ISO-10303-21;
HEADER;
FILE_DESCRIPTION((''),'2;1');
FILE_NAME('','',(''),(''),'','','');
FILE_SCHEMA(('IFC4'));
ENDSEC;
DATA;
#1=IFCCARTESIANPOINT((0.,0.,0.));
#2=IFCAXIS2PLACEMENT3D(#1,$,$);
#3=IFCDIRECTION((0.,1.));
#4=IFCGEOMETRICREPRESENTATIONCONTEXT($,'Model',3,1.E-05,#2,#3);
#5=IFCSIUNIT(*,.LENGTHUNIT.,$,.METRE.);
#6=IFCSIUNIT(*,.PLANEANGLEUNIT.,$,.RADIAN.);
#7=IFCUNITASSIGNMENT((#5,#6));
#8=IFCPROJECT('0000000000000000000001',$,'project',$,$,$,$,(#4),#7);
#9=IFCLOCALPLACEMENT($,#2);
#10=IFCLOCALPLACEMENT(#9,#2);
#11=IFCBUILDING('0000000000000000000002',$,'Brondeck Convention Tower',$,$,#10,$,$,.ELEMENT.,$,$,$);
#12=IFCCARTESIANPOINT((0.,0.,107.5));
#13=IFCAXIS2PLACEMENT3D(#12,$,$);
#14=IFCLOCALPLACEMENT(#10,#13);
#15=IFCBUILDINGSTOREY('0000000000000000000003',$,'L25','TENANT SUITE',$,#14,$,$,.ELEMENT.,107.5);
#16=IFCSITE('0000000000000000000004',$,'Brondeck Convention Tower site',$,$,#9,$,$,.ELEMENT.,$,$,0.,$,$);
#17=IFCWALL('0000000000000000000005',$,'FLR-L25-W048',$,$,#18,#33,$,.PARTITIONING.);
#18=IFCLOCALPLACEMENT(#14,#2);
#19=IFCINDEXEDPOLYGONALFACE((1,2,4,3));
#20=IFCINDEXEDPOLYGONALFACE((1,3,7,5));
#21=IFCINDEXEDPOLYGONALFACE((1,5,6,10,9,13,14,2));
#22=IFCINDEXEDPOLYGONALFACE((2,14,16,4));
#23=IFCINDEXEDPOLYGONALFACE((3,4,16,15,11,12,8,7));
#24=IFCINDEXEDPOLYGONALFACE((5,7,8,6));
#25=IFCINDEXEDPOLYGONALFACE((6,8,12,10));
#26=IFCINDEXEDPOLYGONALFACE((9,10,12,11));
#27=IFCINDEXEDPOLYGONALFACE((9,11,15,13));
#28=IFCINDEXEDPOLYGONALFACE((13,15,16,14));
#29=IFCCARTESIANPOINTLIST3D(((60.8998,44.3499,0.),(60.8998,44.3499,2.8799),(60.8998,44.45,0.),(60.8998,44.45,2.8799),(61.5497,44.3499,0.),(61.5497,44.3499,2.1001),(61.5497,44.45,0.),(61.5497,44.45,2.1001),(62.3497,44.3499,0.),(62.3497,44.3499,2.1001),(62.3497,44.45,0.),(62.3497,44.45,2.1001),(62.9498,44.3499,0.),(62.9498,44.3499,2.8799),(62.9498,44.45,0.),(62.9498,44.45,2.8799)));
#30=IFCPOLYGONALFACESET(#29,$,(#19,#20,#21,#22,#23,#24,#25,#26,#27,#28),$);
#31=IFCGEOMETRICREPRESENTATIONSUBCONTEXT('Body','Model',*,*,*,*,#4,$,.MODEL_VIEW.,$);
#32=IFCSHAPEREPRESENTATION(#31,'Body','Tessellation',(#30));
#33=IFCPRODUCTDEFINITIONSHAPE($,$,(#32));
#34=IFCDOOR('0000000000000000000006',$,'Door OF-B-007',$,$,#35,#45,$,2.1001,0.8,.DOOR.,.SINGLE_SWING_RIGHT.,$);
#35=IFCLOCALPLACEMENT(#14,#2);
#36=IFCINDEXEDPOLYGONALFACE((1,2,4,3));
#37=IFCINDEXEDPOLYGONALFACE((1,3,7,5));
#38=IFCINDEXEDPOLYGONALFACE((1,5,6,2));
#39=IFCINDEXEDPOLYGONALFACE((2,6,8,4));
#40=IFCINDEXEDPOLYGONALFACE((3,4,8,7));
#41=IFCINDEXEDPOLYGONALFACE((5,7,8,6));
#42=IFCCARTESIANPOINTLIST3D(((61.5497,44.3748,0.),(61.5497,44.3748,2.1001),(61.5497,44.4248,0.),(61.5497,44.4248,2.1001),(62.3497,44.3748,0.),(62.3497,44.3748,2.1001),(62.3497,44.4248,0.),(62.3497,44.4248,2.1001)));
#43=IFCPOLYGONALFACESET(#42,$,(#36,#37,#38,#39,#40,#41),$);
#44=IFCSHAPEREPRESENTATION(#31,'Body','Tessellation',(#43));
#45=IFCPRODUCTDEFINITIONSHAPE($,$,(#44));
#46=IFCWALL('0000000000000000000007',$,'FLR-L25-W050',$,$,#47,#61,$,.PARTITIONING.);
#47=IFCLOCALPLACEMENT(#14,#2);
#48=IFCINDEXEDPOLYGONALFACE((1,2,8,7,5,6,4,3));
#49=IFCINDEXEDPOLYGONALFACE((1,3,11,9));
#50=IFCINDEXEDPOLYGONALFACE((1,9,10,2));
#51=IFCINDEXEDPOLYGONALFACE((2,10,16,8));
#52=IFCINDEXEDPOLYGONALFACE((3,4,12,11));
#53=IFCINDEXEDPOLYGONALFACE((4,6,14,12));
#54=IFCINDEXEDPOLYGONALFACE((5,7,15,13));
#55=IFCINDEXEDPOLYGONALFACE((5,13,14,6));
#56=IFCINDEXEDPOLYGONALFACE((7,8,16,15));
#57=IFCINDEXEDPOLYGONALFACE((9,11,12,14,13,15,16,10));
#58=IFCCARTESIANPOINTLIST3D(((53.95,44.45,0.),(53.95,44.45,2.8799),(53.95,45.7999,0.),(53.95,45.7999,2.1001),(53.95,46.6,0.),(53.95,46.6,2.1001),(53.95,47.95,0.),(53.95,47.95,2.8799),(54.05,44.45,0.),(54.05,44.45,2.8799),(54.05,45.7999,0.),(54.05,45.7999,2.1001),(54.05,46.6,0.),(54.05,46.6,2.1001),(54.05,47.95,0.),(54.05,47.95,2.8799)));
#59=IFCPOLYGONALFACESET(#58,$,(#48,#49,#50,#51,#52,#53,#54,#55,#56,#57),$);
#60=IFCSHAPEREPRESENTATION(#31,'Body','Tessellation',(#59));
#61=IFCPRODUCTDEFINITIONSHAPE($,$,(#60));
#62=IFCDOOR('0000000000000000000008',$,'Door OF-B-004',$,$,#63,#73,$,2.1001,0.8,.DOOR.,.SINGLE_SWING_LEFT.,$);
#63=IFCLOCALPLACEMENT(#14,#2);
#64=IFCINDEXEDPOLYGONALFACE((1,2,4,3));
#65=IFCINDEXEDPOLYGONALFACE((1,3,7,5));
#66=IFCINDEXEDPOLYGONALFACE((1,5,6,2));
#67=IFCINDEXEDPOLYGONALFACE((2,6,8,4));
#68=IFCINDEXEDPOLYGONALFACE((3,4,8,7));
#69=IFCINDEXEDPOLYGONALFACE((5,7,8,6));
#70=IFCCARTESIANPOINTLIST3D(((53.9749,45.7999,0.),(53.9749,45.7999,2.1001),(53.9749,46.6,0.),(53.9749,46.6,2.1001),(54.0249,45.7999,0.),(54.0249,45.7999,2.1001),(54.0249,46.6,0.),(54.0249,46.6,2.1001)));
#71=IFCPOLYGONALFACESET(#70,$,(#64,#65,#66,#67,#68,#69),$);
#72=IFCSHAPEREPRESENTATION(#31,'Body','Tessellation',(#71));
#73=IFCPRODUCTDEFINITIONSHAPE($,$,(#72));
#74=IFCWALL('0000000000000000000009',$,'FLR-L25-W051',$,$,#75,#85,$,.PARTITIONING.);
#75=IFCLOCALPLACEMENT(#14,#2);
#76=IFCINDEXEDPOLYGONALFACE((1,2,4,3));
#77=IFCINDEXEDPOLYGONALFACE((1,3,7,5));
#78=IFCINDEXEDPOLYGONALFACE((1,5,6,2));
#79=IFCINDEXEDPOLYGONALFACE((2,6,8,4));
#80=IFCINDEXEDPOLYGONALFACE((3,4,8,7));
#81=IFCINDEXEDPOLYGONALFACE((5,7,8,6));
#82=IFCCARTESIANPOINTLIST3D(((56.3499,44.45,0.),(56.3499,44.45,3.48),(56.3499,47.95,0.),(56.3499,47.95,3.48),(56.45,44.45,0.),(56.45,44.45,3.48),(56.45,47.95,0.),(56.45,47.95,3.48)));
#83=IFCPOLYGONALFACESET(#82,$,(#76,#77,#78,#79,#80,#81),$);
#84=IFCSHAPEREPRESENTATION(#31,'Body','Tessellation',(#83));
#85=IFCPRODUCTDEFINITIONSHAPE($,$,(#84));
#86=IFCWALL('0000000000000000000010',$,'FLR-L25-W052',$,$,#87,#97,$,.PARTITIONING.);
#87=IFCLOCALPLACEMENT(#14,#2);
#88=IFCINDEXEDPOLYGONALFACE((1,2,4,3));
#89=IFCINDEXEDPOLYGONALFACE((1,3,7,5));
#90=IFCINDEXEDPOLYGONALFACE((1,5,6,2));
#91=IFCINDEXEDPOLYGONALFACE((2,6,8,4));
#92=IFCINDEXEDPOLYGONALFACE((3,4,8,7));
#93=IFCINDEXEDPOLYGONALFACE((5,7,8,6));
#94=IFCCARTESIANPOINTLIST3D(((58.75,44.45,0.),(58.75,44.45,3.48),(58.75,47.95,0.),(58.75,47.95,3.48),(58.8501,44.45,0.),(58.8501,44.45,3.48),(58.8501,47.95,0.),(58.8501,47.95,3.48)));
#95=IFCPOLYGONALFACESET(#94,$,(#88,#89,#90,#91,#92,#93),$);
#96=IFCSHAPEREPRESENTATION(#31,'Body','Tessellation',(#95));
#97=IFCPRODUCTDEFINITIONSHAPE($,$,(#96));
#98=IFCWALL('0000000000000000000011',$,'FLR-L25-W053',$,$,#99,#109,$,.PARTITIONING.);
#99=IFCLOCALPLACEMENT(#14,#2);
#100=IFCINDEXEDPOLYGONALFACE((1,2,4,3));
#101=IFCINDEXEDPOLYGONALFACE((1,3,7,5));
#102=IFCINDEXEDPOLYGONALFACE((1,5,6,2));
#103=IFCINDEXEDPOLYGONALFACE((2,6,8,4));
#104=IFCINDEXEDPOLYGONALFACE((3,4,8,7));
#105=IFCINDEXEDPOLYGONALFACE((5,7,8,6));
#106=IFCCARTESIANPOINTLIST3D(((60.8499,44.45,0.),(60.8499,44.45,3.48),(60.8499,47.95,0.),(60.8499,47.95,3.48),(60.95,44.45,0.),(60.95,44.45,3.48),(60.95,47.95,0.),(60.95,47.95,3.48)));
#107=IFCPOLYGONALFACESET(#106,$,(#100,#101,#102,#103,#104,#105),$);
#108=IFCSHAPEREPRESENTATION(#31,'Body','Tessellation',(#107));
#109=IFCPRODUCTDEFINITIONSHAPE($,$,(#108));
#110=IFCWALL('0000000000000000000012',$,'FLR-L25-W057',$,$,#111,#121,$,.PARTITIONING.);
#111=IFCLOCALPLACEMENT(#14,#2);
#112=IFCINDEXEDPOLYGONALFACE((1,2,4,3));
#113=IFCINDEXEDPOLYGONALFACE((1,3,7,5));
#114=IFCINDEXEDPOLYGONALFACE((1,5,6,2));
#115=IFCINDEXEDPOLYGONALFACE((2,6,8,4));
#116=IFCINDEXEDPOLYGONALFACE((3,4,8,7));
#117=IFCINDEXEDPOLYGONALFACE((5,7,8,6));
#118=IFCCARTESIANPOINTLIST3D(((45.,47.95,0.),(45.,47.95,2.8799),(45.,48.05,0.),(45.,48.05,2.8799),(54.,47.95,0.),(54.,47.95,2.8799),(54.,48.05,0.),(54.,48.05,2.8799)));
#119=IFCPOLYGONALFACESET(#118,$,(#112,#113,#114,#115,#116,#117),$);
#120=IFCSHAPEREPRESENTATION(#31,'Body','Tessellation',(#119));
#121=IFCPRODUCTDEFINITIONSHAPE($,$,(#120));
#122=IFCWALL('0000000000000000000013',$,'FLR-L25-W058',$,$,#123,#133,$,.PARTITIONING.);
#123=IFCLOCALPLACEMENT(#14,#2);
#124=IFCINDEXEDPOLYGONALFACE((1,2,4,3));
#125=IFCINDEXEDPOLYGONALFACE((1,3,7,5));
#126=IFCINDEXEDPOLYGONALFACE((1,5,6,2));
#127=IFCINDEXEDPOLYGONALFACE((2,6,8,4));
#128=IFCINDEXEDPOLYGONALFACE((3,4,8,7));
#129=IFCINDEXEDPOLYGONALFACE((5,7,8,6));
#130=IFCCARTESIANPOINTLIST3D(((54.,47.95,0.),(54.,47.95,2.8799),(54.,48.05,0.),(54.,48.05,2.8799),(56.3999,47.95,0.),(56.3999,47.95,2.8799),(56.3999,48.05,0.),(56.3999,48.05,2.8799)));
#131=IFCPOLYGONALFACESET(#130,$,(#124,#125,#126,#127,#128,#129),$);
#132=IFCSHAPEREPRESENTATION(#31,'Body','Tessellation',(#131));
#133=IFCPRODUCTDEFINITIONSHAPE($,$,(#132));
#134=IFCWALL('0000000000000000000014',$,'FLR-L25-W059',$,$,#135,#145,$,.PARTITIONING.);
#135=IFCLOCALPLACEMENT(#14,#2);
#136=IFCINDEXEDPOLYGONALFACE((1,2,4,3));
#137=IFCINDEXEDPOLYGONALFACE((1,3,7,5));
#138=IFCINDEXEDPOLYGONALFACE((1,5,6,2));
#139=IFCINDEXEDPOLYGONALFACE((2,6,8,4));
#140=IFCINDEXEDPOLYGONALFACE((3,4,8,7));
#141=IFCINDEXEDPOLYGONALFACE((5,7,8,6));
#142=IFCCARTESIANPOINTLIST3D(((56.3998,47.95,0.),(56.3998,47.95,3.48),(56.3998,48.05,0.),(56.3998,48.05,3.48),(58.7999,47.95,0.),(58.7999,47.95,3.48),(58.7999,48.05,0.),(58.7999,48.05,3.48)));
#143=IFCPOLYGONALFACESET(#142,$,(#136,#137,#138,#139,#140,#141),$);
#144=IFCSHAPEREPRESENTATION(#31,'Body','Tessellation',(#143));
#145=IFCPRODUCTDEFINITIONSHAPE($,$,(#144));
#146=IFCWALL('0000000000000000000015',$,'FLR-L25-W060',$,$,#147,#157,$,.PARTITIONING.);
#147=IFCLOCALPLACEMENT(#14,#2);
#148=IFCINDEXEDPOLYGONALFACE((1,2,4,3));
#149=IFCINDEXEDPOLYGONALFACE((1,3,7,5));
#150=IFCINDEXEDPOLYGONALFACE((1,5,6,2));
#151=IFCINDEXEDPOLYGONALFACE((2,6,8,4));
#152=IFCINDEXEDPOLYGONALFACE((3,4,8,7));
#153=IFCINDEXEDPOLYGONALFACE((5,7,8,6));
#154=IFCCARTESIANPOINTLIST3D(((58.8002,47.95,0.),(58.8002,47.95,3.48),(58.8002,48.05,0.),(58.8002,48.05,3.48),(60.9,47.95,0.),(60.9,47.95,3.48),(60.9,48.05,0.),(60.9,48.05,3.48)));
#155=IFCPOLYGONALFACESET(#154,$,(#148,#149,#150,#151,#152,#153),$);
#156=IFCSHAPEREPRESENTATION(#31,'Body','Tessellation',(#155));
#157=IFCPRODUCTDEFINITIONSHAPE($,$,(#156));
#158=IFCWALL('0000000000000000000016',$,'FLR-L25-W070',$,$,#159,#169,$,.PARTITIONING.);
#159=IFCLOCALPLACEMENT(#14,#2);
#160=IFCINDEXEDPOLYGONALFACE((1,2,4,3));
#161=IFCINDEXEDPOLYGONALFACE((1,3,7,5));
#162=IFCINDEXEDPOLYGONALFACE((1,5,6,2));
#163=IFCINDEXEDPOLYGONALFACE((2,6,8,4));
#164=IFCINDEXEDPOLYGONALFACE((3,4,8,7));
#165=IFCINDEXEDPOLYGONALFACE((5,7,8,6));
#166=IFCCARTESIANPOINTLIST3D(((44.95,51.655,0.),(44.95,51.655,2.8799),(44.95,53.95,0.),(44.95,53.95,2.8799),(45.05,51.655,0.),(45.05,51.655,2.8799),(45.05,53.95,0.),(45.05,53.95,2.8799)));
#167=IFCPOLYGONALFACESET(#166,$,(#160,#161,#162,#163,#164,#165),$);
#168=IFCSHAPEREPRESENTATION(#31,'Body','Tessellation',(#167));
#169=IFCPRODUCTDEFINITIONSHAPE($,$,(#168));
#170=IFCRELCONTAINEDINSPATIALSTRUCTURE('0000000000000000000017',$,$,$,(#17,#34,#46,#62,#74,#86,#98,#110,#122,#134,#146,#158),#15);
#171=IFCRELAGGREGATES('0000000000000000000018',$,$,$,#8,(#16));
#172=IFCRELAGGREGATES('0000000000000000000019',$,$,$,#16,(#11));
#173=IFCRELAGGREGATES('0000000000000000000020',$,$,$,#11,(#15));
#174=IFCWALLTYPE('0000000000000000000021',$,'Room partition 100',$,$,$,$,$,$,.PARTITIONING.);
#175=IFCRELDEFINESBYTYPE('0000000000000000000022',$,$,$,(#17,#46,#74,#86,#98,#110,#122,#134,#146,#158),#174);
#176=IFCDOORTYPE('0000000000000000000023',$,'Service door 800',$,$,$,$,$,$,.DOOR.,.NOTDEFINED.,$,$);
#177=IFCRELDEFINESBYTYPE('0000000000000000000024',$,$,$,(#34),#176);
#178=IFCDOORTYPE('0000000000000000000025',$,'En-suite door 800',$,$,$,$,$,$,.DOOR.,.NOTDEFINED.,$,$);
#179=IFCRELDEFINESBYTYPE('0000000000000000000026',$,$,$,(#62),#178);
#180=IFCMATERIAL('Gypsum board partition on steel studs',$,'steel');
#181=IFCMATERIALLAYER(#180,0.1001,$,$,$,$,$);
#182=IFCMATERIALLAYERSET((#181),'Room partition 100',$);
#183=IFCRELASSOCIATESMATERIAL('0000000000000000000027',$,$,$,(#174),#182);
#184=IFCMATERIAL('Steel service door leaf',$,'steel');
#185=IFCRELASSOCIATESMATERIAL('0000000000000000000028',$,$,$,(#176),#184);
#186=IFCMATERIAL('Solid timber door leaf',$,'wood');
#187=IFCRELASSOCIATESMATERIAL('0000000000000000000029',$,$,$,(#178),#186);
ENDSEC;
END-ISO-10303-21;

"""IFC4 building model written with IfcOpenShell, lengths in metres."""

from ifc_helpers import new_model, si_unit, direction, frame, frame_2d, origin, place, context, subcontext, project, spatial, rectangle, extrude, material, layer, layer_set, type_object, element, fill, save


model = new_model("IFC4")

# Units and contexts
model_context = context("Model", 3, precision=1e-05, world=origin(), true_north=direction((0.0, 1.0)))
body_context = subcontext(model_context, "Body", "Model", "MODEL_VIEW")
ifc_project = project(units=[si_unit("LENGTHUNIT", "METRE"), si_unit("PLANEANGLEUNIT", "RADIAN")], contexts=[model_context])

# Site, building, storey
site_placement = place(None, origin())
site = spatial("IfcSite", under=ifc_project, at=site_placement, Name="Brondeck Convention Tower site", CompositionType="ELEMENT", RefElevation=0.0)
building_placement = place(site_placement, origin())
building = spatial("IfcBuilding", under=site, at=building_placement, Name="Brondeck Convention Tower", CompositionType="ELEMENT")
storey_placement = place(building_placement, frame((0.0, 0.0, 107.5)))
storey = spatial("IfcBuildingStorey", under=building, at=storey_placement, Name="L25", Description="TENANT SUITE", CompositionType="ELEMENT", Elevation=107.5)

# Walls, openings, doors
ifc_material_1 = material(Name="Gypsum board partition on steel studs", Category="steel")
ifc_layer_1 = layer(ifc_material_1, 0.1001)
ifc_layer_set_1 = layer_set([ifc_layer_1], Name="Room partition 100")
wall_type_1 = type_object("IfcWallType", Name="Room partition 100", PredefinedType="PARTITIONING", material=ifc_layer_set_1)
wall_1_placement = place(storey_placement, frame((60.8999, 44.3999, 0.0), z_axis=(0.0, 0.0, 1.0), x_axis=(1.0, 0.0, 0.0)))
wall_1 = element("IfcWall", 1, at=wall_1_placement, inside=storey, type_object=wall_type_1, Name="FLR-L25-W048", PredefinedType="PARTITIONING", context=body_context, shape_type="SweptSolid", body=[
    extrude(rectangle(XDim=2.05, YDim=0.1001, at=frame_2d((1.0249, 0.0))), origin(), (0.0, 0.0, 1.0), 2.8799),
])
opening_1_placement = place(wall_1_placement, frame((0.6499, 0.0, 0.0)))
opening_1 = element("IfcOpeningElement", 2, at=opening_1_placement, cuts=wall_1, PredefinedType="OPENING", context=body_context, shape_type="SweptSolid", body=[
    extrude(rectangle(XDim=0.8, YDim=2.1001, at=frame_2d((0.3999, 1.05))), frame((0.0, 0.0601, 0.0), z_axis=(0.0, -1.0, 0.0), x_axis=(1.0, 0.0, 0.0)), (0.0, 0.0, 1.0), 0.1201),
])
ifc_material_2 = material(Name="Steel service door leaf", Category="steel")
door_type_1 = type_object("IfcDoorType", Name="Service door 800", OperationType="NOTDEFINED", PredefinedType="DOOR", material=ifc_material_2)
door_1_placement = place(opening_1_placement, origin())
door_1 = element("IfcDoor", 3, at=door_1_placement, inside=storey, type_object=door_type_1, Name="Door OF-B-007", OperationType="SINGLE_SWING_RIGHT", OverallHeight=2.1001, OverallWidth=0.8, PredefinedType="DOOR", context=body_context, shape_type="SweptSolid", body=[
    extrude(rectangle(XDim=0.8, YDim=2.1001, at=frame_2d((0.3999, 1.05))), frame((0.0, 0.0249, 0.0), z_axis=(0.0, -1.0, 0.0), x_axis=(1.0, 0.0, 0.0)), (0.0, 0.0, 1.0), 0.05),
])
fill(opening_1, door_1)
wall_2_placement = place(storey_placement, frame((54.0, 47.95, 0.0), z_axis=(0.0, 0.0, 1.0), x_axis=(0.0, -1.0, 0.0)))
wall_2 = element("IfcWall", 4, at=wall_2_placement, inside=storey, type_object=wall_type_1, Name="FLR-L25-W050", PredefinedType="PARTITIONING", context=body_context, shape_type="SweptSolid", body=[
    extrude(rectangle(XDim=3.5, YDim=0.1001, at=frame_2d((1.75, 0.0))), origin(), (0.0, 0.0, 1.0), 2.8799),
])
opening_2_placement = place(wall_2_placement, frame((1.3501, 0.0, 0.0)))
opening_2 = element("IfcOpeningElement", 5, at=opening_2_placement, cuts=wall_2, PredefinedType="OPENING", context=body_context, shape_type="SweptSolid", body=[
    extrude(rectangle(XDim=0.8, YDim=2.1001, at=frame_2d((0.3999, 1.05))), frame((0.0, 0.0601, 0.0), z_axis=(0.0, -1.0, 0.0), x_axis=(1.0, 0.0, 0.0)), (0.0, 0.0, 1.0), 0.1201),
])
ifc_material_3 = material(Name="Solid timber door leaf", Category="wood")
door_type_2 = type_object("IfcDoorType", Name="En-suite door 800", OperationType="NOTDEFINED", PredefinedType="DOOR", material=ifc_material_3)
door_2_placement = place(opening_2_placement, origin())
door_2 = element("IfcDoor", 6, at=door_2_placement, inside=storey, type_object=door_type_2, Name="Door OF-B-004", OperationType="SINGLE_SWING_LEFT", OverallHeight=2.1001, OverallWidth=0.8, PredefinedType="DOOR", context=body_context, shape_type="SweptSolid", body=[
    extrude(rectangle(XDim=0.8, YDim=2.1001, at=frame_2d((0.3999, 1.05))), frame((0.0, 0.0249, 0.0), z_axis=(0.0, -1.0, 0.0), x_axis=(1.0, 0.0, 0.0)), (0.0, 0.0, 1.0), 0.05),
])
fill(opening_2, door_2)

# Walls
for number, where, z_axis, x_axis, name in (
    (7, (56.3999, 47.95, 0.0), (0.0, 0.0, 1.0), (0.0, -1.0, 0.0), "FLR-L25-W051"),
    (8, (58.8, 47.95, 0.0), (0.0, 0.0, 1.0), (0.0, -1.0, 0.0), "FLR-L25-W052"),
    (9, (60.8999, 47.95, 0.0), (0.0, 0.0, 1.0), (0.0, -1.0, 0.0), "FLR-L25-W053"),
):
    element("IfcWall", number, at=place(storey_placement, frame(where, z_axis=z_axis, x_axis=x_axis)), inside=storey, type_object=wall_type_1, Name=name, PredefinedType="PARTITIONING", context=body_context, shape_type="SweptSolid", body=[
        extrude(rectangle(XDim=3.5, YDim=0.1001, at=frame_2d((1.75, 0.0))), origin(), (0.0, 0.0, 1.0), 3.48),
    ])
wall_3_placement = place(storey_placement, frame((54.0, 48.0, 0.0), z_axis=(0.0, 0.0, 1.0), x_axis=(-1.0, 0.0, 0.0)))
element("IfcWall", 10, at=wall_3_placement, inside=storey, type_object=wall_type_1, Name="FLR-L25-W057", PredefinedType="PARTITIONING", context=body_context, shape_type="SweptSolid", body=[
    extrude(rectangle(XDim=9.0, YDim=0.1001, at=frame_2d((4.5, 0.0))), origin(), (0.0, 0.0, 1.0), 2.8799),
])
wall_4_placement = place(storey_placement, frame((56.3999, 48.0, 0.0), z_axis=(0.0, 0.0, 1.0), x_axis=(-1.0, 0.0, 0.0)))
element("IfcWall", 11, at=wall_4_placement, inside=storey, type_object=wall_type_1, Name="FLR-L25-W058", PredefinedType="PARTITIONING", context=body_context, shape_type="SweptSolid", body=[
    extrude(rectangle(XDim=2.3999, YDim=0.1001, at=frame_2d((1.2, 0.0))), origin(), (0.0, 0.0, 1.0), 2.8799),
])
wall_5_placement = place(storey_placement, frame((58.8, 48.0, 0.0), z_axis=(0.0, 0.0, 1.0), x_axis=(-1.0, 0.0, 0.0)))
element("IfcWall", 12, at=wall_5_placement, inside=storey, type_object=wall_type_1, Name="FLR-L25-W059", PredefinedType="PARTITIONING", context=body_context, shape_type="SweptSolid", body=[
    extrude(rectangle(XDim=2.4001, YDim=0.1001, at=frame_2d((1.2002, 0.0))), origin(), (0.0, 0.0, 1.0), 3.48),
])
wall_6_placement = place(storey_placement, frame((60.8999, 48.0, 0.0), z_axis=(0.0, 0.0, 1.0), x_axis=(-1.0, 0.0, 0.0)))
element("IfcWall", 13, at=wall_6_placement, inside=storey, type_object=wall_type_1, Name="FLR-L25-W060", PredefinedType="PARTITIONING", context=body_context, shape_type="SweptSolid", body=[
    extrude(rectangle(XDim=2.0999, YDim=0.1001, at=frame_2d((1.0498, 0.0))), origin(), (0.0, 0.0, 1.0), 3.48),
])
wall_7_placement = place(storey_placement, frame((45.0, 53.95, 0.0), z_axis=(0.0, 0.0, 1.0), x_axis=(0.0, -1.0, 0.0)))
element("IfcWall", 14, at=wall_7_placement, inside=storey, type_object=wall_type_1, Name="FLR-L25-W070", PredefinedType="PARTITIONING", context=body_context, shape_type="SweptSolid", body=[
    extrude(rectangle(XDim=2.2949, YDim=0.1001, at=frame_2d((1.1475, 0.0))), origin(), (0.0, 0.0, 1.0), 2.8799),
])

save(model, "model.ifc")
